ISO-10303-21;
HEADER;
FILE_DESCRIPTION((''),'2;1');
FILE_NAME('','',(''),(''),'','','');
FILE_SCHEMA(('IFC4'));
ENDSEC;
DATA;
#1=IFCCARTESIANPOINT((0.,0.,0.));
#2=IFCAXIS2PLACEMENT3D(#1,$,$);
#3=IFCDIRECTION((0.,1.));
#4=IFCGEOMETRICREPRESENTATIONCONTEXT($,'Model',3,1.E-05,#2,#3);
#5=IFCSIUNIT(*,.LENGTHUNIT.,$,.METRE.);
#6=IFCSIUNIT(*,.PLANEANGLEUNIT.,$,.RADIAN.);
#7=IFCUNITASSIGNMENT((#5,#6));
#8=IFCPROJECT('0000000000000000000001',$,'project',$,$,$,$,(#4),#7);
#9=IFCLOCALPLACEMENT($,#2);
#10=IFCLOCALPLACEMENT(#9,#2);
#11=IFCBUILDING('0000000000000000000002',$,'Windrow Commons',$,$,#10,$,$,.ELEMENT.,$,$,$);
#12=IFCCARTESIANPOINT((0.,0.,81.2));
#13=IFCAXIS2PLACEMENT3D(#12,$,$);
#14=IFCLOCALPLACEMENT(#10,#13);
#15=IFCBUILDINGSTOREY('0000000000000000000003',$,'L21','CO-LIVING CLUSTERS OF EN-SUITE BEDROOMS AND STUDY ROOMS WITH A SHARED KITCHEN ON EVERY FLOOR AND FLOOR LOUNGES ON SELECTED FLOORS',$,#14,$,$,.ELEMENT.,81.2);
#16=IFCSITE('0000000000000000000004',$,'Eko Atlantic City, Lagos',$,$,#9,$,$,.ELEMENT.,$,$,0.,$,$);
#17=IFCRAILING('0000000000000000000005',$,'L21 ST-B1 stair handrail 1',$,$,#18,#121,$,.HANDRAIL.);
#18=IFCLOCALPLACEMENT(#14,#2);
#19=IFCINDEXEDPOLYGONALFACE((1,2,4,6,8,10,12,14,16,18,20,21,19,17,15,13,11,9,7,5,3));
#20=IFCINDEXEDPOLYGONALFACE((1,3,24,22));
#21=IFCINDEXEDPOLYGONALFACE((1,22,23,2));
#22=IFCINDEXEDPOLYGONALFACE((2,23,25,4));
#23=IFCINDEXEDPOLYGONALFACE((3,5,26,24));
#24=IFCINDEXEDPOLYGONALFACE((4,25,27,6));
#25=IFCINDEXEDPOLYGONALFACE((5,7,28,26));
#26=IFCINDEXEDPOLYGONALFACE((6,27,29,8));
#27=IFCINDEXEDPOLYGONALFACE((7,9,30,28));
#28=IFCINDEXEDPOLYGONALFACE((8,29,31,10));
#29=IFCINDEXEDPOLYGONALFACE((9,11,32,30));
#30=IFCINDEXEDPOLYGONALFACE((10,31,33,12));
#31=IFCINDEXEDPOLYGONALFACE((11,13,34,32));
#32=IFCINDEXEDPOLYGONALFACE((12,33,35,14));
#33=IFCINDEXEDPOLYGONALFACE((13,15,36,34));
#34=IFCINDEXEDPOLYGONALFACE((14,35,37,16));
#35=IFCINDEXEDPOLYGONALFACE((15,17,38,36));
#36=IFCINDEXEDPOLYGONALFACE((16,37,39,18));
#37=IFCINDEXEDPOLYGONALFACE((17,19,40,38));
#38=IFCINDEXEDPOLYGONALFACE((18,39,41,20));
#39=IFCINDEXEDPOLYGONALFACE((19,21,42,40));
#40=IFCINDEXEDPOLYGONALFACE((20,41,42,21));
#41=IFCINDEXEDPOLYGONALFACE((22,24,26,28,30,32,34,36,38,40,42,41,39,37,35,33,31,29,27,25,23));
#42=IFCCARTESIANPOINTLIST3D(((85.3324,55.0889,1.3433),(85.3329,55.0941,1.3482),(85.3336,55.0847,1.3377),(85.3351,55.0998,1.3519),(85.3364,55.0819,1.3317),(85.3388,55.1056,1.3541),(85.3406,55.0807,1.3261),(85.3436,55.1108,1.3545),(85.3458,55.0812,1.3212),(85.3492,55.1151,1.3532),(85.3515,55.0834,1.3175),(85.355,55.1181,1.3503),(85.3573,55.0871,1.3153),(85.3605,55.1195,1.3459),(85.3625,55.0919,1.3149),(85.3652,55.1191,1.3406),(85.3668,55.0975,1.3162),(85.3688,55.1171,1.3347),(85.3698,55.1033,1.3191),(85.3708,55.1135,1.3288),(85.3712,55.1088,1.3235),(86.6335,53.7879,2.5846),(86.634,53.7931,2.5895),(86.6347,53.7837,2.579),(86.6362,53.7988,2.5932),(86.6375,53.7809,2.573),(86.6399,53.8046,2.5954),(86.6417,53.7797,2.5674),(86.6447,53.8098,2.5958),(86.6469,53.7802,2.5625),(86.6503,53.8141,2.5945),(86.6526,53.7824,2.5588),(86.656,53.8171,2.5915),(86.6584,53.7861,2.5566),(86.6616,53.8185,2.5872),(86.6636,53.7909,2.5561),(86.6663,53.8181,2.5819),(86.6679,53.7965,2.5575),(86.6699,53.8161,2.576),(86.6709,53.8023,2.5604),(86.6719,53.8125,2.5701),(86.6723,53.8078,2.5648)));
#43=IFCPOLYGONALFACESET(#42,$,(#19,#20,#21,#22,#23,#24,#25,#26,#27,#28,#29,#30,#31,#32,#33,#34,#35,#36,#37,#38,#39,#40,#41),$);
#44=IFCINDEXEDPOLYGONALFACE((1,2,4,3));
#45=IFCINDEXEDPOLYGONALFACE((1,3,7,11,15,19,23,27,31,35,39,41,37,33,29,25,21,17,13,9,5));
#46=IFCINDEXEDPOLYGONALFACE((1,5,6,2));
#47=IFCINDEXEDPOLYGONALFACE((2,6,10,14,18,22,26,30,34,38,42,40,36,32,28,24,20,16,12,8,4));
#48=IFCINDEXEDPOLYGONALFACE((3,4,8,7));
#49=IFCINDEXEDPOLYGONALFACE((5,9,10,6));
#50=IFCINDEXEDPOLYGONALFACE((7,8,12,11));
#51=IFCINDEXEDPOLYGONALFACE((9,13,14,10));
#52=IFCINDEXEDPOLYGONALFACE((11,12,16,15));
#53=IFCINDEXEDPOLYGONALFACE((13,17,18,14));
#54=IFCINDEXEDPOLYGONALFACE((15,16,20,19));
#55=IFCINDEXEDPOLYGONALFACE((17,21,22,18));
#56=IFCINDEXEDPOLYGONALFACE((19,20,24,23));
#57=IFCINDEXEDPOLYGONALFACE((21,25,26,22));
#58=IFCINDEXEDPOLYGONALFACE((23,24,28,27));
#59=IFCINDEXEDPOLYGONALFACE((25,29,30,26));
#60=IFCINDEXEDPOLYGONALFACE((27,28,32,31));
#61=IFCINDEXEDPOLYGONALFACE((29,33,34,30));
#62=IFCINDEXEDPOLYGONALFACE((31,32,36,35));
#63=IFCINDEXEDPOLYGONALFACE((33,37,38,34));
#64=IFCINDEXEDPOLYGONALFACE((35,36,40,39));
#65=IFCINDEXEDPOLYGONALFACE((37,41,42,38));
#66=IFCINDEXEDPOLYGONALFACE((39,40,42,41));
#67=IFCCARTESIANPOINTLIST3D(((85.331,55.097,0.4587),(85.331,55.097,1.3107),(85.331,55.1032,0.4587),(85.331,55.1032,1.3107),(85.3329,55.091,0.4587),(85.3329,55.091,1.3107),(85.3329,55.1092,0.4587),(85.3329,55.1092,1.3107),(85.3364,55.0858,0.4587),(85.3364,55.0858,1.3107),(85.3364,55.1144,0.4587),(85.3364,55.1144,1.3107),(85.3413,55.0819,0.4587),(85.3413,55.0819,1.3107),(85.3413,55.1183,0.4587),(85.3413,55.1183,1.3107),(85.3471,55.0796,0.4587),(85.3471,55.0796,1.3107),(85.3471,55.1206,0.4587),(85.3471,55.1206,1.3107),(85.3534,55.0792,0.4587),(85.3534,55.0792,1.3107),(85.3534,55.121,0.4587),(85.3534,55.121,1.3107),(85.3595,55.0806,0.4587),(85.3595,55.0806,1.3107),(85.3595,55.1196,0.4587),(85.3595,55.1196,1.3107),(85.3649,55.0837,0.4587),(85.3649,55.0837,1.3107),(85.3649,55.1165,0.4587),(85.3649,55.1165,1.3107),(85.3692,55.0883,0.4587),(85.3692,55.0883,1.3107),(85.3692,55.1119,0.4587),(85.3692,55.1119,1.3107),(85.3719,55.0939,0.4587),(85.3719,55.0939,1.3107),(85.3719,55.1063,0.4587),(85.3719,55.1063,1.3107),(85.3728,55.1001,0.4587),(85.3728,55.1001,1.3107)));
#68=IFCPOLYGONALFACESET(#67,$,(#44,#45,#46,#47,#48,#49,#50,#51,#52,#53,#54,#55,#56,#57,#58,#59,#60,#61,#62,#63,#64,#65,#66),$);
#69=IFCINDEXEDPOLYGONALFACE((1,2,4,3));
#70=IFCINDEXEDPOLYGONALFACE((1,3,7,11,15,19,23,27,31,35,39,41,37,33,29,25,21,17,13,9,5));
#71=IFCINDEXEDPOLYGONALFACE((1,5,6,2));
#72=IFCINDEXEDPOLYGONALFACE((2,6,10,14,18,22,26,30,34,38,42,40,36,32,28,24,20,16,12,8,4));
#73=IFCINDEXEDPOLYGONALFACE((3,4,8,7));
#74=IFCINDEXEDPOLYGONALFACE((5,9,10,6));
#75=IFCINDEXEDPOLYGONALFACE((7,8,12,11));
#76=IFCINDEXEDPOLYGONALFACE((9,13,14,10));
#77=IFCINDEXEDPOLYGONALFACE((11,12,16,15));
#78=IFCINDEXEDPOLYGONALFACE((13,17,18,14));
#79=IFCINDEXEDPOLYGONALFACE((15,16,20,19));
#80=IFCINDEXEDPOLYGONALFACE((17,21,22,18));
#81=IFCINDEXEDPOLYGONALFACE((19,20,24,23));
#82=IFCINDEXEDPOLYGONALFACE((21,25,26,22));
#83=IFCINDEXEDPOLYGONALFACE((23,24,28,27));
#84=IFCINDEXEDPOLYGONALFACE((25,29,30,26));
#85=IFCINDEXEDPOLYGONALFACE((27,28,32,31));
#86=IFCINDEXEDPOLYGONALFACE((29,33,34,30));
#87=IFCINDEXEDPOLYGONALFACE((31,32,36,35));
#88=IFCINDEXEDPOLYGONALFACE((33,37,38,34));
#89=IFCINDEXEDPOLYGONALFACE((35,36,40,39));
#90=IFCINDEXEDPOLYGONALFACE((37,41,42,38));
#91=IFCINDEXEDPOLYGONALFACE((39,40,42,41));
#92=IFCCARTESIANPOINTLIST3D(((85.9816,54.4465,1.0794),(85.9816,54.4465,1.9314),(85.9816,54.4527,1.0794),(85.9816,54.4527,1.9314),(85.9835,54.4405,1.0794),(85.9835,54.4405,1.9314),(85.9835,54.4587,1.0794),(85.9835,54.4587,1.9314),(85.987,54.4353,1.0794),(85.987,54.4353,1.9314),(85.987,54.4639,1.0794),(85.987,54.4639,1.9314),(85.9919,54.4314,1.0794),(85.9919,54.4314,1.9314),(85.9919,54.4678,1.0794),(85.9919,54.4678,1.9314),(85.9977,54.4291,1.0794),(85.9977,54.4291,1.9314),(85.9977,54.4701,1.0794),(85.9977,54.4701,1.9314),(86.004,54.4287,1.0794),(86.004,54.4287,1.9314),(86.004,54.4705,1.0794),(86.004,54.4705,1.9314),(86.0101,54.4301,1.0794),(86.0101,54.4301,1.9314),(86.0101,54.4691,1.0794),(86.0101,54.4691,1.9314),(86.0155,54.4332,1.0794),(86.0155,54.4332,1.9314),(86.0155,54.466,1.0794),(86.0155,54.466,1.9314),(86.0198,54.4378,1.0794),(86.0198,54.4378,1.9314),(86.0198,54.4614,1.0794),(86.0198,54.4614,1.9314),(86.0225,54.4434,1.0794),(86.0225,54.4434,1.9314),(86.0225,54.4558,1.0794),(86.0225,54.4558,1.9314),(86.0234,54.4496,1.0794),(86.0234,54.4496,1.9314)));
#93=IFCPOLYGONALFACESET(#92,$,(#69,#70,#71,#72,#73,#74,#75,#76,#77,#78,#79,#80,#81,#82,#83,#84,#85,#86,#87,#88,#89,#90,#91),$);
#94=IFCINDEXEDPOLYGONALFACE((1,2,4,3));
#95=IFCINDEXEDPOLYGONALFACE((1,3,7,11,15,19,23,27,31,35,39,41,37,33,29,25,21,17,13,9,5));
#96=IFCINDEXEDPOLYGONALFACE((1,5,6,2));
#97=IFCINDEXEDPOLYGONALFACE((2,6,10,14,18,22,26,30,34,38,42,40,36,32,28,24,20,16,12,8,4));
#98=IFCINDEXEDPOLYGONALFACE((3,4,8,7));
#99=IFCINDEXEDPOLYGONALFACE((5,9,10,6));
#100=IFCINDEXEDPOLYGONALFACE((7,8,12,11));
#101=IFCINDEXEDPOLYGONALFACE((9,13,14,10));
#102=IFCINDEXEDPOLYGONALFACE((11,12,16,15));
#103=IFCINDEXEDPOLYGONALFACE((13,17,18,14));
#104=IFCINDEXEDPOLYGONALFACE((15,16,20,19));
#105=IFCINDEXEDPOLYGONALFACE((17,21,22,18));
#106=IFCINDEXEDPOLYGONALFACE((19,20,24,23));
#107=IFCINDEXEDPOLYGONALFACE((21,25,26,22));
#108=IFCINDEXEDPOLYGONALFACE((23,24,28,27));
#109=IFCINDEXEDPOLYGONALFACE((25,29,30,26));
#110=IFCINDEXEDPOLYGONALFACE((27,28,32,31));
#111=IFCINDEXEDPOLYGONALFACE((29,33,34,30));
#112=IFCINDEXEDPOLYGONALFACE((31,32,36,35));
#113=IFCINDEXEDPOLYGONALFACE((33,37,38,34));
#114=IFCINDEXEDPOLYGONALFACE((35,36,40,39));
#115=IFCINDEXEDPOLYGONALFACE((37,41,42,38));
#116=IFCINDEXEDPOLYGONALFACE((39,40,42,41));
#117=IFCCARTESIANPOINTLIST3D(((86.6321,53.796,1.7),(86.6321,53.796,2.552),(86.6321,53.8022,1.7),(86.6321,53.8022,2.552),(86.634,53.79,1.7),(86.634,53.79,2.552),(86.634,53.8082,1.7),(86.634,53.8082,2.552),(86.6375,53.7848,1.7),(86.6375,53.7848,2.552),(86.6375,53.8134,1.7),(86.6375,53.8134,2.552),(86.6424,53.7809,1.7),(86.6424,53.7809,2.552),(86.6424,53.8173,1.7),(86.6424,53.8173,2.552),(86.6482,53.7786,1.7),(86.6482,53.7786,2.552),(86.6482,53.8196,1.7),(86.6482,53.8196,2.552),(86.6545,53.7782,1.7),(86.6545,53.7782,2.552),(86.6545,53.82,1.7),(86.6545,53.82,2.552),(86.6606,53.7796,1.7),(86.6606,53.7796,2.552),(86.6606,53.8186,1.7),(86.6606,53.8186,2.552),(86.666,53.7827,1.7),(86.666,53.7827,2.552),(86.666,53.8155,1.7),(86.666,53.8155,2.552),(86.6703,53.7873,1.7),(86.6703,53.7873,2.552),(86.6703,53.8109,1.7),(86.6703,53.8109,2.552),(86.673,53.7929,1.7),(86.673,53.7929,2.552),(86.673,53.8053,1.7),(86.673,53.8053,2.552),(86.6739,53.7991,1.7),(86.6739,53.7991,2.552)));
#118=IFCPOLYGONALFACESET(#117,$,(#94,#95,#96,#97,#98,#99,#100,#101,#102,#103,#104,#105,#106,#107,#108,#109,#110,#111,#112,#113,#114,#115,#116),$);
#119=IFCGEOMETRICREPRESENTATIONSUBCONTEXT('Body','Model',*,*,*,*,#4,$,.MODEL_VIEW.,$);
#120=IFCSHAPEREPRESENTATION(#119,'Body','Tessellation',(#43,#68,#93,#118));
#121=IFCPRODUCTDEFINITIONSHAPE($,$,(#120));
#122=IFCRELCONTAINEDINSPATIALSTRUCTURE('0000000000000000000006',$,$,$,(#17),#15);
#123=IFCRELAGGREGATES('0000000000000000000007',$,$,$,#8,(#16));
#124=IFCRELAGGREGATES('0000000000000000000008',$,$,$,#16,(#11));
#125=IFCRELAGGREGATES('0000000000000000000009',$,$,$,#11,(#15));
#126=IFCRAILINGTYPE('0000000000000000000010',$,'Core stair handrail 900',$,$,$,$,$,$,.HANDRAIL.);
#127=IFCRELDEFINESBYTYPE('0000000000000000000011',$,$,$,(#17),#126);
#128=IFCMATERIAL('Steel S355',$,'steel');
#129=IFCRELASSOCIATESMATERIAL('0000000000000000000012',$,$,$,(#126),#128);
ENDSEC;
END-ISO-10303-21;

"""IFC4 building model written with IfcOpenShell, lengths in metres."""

from ifc_helpers import new_model, si_unit, direction, frame, origin, origin_2d, place, context, subcontext, project, spatial, circle, extrude, material, type_object, element, save


model = new_model("IFC4")

# Units and contexts
model_context = context("Model", 3, precision=1e-05, world=origin(), true_north=direction((0.0, 1.0)))
body_context = subcontext(model_context, "Body", "Model", "MODEL_VIEW")
ifc_project = project(units=[si_unit("LENGTHUNIT", "METRE"), si_unit("PLANEANGLEUNIT", "RADIAN")], contexts=[model_context])

# Site, building, storey
site_placement = place(None, origin())
site = spatial("IfcSite", under=ifc_project, at=site_placement, Name="Eko Atlantic City, Lagos", CompositionType="ELEMENT", RefElevation=0.0)
building_placement = place(site_placement, origin())
building = spatial("IfcBuilding", under=site, at=building_placement, Name="Windrow Commons", CompositionType="ELEMENT")
storey_placement = place(building_placement, frame((0.0, 0.0, 81.2)))
storey = spatial("IfcBuildingStorey", under=building, at=storey_placement, Name="L21", Description="CO-LIVING CLUSTERS OF EN-SUITE BEDROOMS AND STUDY ROOMS WITH A SHARED KITCHEN ON EVERY FLOOR AND FLOOR LOUNGES ON SELECTED FLOORS", CompositionType="ELEMENT", Elevation=81.2)

# Railing
ifc_material_1 = material(Name="Steel S355", Category="steel")
railing_type = type_object("IfcRailingType", Name="Core stair handrail 900", PredefinedType="HANDRAIL", material=ifc_material_1)
railing_placement = place(storey_placement, frame((85.3518, 55.1001, 0.4587)))
element("IfcRailing", 1, at=railing_placement, inside=storey, type_object=railing_type, Name="L21 ST-B1 stair handrail 1", PredefinedType="HANDRAIL", context=body_context, shape_type="SweptSolid", body=[
    extrude(circle(Radius=0.024, at=origin_2d()), frame((0.0, 0.0, 0.876), z_axis=(0.586207, -0.586162, 0.559264), x_axis=(0.70708, 0.707134, 0.0)), (0.0, 0.0, 1.0), 2.2195),
    extrude(circle(Radius=0.021, at=origin_2d()), origin(), (0.0, 0.0, 1.0), 0.852),
    extrude(circle(Radius=0.021, at=origin_2d()), frame((0.6506, -0.6505, 0.6207)), (0.0, 0.0, 1.0), 0.852),
    extrude(circle(Radius=0.021, at=origin_2d()), frame((1.3011, -1.301, 1.2413)), (0.0, 0.0, 1.0), 0.852),
])

save(model, "model.ifc")
